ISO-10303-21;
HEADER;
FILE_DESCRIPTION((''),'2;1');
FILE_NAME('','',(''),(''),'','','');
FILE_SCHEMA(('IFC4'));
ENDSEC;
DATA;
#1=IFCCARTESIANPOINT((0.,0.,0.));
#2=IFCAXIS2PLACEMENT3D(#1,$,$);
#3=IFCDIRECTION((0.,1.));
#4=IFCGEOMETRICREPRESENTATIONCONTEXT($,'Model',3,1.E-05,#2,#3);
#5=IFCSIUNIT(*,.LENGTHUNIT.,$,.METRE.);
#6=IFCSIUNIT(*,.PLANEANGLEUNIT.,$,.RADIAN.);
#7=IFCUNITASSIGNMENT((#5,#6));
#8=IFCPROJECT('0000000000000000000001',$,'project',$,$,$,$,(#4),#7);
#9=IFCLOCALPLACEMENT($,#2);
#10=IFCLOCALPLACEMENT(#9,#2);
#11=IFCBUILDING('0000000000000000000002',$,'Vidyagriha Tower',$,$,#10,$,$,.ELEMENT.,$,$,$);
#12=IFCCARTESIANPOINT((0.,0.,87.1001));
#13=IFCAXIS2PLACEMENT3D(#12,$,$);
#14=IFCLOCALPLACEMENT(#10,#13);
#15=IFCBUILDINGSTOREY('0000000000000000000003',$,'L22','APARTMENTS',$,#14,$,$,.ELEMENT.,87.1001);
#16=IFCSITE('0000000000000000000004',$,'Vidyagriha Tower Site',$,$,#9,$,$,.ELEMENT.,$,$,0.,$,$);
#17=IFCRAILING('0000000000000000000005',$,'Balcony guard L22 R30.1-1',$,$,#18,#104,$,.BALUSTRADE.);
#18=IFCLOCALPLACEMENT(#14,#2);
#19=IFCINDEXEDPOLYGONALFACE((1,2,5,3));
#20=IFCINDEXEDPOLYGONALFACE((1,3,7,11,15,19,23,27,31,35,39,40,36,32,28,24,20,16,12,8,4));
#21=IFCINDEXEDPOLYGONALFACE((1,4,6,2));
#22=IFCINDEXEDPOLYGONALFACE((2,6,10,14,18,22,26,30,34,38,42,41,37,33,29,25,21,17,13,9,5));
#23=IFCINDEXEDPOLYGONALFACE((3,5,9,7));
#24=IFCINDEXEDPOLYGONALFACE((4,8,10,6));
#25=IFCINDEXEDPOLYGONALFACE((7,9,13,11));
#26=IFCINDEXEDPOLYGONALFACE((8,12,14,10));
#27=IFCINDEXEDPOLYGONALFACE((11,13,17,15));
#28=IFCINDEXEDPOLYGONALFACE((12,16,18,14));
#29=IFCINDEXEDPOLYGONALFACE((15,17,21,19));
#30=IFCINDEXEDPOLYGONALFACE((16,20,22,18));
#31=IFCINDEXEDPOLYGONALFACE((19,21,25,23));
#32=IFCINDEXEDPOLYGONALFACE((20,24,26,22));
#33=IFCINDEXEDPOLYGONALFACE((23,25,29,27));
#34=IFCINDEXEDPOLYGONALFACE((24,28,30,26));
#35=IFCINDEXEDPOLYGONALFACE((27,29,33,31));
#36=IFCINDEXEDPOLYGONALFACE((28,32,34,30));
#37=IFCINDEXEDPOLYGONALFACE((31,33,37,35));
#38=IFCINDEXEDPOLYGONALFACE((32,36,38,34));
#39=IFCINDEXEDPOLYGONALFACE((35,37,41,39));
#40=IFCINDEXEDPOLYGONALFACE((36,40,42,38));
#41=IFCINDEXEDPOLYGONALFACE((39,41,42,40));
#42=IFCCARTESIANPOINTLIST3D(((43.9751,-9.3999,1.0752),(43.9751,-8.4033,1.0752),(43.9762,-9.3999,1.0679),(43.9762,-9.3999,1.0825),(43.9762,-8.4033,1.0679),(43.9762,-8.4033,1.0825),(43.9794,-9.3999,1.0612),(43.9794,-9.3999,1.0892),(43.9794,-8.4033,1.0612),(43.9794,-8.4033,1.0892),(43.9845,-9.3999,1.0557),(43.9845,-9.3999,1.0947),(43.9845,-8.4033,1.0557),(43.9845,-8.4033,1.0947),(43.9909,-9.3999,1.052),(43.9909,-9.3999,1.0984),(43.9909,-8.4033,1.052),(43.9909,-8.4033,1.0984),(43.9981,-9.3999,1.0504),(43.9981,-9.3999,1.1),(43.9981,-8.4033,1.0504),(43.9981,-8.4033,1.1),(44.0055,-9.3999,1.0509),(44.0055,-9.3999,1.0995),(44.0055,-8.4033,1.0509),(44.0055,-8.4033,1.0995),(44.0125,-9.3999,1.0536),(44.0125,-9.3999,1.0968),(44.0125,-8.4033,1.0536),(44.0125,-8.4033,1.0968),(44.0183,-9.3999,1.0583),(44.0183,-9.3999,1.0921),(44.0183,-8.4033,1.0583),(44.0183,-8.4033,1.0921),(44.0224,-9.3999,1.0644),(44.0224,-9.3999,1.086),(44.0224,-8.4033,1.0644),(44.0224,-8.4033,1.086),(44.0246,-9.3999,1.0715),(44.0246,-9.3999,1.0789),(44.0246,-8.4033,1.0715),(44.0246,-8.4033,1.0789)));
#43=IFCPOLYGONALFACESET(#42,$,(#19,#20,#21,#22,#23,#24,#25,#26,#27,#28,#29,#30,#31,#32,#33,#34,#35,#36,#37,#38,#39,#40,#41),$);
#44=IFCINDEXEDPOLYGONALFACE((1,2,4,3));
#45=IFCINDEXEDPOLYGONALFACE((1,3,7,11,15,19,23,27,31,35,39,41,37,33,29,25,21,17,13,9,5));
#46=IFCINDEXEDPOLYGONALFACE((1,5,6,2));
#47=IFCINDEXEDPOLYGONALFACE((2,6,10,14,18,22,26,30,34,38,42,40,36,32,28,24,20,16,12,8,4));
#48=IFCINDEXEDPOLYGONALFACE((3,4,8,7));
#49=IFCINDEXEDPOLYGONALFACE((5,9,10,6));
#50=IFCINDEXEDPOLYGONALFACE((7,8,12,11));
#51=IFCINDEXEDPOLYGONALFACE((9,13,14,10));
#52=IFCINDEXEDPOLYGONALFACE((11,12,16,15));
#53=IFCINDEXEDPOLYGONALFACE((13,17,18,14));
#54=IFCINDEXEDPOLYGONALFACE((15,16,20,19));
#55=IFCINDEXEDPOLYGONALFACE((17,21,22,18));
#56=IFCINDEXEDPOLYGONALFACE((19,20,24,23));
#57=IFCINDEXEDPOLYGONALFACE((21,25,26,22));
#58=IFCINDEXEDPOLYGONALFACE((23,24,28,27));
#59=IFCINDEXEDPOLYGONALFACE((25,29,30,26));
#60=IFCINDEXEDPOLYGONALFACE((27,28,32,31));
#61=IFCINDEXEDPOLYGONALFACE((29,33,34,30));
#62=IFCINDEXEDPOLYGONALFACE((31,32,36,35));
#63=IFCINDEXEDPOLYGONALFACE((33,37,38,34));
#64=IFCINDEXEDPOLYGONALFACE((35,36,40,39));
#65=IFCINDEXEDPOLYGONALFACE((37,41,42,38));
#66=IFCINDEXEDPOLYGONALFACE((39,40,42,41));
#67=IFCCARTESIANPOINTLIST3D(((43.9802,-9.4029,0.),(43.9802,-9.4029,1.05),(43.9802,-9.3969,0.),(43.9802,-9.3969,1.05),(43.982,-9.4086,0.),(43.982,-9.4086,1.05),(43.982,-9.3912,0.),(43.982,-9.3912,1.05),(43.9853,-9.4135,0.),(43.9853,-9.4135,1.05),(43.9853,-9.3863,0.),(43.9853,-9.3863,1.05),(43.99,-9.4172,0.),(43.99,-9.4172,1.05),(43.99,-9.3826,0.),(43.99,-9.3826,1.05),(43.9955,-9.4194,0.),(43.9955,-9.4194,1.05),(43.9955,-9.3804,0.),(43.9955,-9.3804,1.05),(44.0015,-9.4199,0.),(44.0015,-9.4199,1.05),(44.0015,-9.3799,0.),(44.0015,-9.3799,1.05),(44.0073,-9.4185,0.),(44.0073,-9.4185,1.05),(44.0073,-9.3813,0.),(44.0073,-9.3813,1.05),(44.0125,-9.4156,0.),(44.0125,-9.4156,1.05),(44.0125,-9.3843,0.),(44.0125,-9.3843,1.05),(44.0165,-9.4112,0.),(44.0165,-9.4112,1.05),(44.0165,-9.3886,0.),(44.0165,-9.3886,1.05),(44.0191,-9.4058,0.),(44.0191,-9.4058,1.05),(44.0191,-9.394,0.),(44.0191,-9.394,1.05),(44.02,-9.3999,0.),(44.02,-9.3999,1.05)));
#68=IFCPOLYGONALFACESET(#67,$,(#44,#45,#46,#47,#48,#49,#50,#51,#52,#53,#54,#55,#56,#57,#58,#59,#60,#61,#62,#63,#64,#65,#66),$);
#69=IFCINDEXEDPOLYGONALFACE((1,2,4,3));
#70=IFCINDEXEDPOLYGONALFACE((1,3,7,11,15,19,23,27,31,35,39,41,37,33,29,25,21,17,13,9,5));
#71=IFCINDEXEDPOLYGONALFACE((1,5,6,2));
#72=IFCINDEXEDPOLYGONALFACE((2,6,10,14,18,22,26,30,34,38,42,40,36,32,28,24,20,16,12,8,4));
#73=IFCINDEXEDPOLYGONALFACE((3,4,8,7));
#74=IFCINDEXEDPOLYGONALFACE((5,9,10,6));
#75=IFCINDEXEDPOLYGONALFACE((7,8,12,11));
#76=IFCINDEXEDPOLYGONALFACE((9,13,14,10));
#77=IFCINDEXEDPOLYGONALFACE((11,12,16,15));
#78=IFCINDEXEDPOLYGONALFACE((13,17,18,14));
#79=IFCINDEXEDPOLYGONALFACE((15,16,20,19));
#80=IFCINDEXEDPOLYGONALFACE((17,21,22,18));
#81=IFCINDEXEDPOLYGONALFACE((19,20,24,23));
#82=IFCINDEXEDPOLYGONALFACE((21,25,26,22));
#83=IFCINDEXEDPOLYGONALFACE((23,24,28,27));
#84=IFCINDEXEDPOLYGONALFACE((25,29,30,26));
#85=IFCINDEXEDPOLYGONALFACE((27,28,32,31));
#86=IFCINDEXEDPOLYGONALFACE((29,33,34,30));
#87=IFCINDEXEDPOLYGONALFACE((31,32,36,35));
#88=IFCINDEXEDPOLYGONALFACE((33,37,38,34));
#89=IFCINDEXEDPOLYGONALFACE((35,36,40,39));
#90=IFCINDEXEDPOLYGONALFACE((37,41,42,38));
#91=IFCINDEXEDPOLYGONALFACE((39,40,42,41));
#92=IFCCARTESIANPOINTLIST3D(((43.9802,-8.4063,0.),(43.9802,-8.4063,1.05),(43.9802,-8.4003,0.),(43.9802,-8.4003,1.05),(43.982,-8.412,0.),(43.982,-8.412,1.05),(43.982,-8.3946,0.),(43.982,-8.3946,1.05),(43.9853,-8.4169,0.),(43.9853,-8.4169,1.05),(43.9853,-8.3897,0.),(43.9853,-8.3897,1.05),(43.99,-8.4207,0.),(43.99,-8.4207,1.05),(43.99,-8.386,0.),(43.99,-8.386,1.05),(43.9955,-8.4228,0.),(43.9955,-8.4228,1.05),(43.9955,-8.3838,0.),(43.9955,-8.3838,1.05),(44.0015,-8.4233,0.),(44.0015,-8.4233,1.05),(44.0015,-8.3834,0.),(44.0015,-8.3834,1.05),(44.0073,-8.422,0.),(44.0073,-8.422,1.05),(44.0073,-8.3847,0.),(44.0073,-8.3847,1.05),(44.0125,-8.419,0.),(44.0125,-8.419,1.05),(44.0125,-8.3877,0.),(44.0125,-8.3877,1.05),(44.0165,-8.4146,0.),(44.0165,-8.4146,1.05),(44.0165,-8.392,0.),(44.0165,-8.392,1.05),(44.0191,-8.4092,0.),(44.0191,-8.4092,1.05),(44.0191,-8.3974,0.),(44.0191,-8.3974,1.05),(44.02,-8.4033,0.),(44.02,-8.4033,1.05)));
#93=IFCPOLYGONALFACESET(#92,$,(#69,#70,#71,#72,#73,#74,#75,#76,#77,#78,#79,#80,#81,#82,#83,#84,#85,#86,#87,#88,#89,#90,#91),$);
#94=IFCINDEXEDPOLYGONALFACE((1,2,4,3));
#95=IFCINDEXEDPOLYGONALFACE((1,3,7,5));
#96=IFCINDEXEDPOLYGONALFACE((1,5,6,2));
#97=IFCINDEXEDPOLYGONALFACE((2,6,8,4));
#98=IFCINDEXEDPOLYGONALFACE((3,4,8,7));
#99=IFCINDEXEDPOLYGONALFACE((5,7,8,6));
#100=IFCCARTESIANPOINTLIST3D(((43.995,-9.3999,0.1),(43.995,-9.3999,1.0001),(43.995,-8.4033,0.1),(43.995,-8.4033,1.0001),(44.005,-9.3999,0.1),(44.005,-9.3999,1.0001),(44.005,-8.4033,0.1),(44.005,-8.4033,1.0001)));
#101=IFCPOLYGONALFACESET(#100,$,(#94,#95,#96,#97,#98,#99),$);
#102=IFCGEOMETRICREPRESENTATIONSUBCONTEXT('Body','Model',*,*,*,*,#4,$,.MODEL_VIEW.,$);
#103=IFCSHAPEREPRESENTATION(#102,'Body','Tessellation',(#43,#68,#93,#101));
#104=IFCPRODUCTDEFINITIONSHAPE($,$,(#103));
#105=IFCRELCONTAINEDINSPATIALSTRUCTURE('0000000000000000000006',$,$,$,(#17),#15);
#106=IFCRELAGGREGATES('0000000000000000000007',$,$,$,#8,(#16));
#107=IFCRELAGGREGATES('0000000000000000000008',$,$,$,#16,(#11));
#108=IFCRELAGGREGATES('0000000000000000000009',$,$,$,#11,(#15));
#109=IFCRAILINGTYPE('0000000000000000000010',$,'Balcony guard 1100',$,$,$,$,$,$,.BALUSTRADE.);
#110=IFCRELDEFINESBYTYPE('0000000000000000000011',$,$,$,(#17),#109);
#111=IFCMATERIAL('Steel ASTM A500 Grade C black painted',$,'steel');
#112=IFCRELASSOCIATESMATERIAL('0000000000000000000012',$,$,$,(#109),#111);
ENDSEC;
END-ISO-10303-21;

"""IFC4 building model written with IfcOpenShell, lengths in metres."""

from ifc_helpers import new_model, si_unit, direction, frame, origin, origin_2d, place, context, subcontext, project, spatial, rectangle, circle, extrude, material, type_object, element, save


model = new_model("IFC4")

# Units and contexts
model_context = context("Model", 3, precision=1e-05, world=origin(), true_north=direction((0.0, 1.0)))
body_context = subcontext(model_context, "Body", "Model", "MODEL_VIEW")
ifc_project = project(units=[si_unit("LENGTHUNIT", "METRE"), si_unit("PLANEANGLEUNIT", "RADIAN")], contexts=[model_context])

# Site, building, storey
site_placement = place(None, origin())
site = spatial("IfcSite", under=ifc_project, at=site_placement, Name="Vidyagriha Tower Site", CompositionType="ELEMENT", RefElevation=0.0)
building_placement = place(site_placement, origin())
building = spatial("IfcBuilding", under=site, at=building_placement, Name="Vidyagriha Tower", CompositionType="ELEMENT")
storey_placement = place(building_placement, frame((0.0, 0.0, 87.1001)))
storey = spatial("IfcBuildingStorey", under=building, at=storey_placement, Name="L22", Description="APARTMENTS", CompositionType="ELEMENT", Elevation=87.1001)

# Railing
ifc_material_1 = material(Name="Steel ASTM A500 Grade C black painted", Category="steel")
railing_type_1 = type_object("IfcRailingType", Name="Balcony guard 1100", PredefinedType="BALUSTRADE", material=ifc_material_1)
railing_1_placement = place(storey_placement, frame((44.0, -9.3999, 0.0)))
element("IfcRailing", 1, at=railing_1_placement, inside=storey, type_object=railing_type_1, Name="Balcony guard L22 R30.1-1", PredefinedType="BALUSTRADE", context=body_context, shape_type="SweptSolid", body=[
    extrude(circle(Radius=0.0249, at=origin_2d()), frame((0.0, 0.0, 1.0752), z_axis=(0.0, 1.0, 0.0), x_axis=(-1.0, 0.0, 0.0)), (0.0, 0.0, 1.0), 0.9966),
    extrude(circle(Radius=0.02, at=origin_2d()), origin(), (0.0, 0.0, 1.0), 1.05),
    extrude(circle(Radius=0.02, at=origin_2d()), frame((0.0, 0.9966, 0.0)), (0.0, 0.0, 1.0), 1.05),
    extrude(rectangle(XDim=0.01, YDim=0.9001, at=origin_2d()), frame((0.0, 0.0, 0.55), z_axis=(0.0, 1.0, 0.0), x_axis=(-1.0, 0.0, 0.0)), (0.0, 0.0, 1.0), 0.9966),
])

save(model, "model.ifc")
